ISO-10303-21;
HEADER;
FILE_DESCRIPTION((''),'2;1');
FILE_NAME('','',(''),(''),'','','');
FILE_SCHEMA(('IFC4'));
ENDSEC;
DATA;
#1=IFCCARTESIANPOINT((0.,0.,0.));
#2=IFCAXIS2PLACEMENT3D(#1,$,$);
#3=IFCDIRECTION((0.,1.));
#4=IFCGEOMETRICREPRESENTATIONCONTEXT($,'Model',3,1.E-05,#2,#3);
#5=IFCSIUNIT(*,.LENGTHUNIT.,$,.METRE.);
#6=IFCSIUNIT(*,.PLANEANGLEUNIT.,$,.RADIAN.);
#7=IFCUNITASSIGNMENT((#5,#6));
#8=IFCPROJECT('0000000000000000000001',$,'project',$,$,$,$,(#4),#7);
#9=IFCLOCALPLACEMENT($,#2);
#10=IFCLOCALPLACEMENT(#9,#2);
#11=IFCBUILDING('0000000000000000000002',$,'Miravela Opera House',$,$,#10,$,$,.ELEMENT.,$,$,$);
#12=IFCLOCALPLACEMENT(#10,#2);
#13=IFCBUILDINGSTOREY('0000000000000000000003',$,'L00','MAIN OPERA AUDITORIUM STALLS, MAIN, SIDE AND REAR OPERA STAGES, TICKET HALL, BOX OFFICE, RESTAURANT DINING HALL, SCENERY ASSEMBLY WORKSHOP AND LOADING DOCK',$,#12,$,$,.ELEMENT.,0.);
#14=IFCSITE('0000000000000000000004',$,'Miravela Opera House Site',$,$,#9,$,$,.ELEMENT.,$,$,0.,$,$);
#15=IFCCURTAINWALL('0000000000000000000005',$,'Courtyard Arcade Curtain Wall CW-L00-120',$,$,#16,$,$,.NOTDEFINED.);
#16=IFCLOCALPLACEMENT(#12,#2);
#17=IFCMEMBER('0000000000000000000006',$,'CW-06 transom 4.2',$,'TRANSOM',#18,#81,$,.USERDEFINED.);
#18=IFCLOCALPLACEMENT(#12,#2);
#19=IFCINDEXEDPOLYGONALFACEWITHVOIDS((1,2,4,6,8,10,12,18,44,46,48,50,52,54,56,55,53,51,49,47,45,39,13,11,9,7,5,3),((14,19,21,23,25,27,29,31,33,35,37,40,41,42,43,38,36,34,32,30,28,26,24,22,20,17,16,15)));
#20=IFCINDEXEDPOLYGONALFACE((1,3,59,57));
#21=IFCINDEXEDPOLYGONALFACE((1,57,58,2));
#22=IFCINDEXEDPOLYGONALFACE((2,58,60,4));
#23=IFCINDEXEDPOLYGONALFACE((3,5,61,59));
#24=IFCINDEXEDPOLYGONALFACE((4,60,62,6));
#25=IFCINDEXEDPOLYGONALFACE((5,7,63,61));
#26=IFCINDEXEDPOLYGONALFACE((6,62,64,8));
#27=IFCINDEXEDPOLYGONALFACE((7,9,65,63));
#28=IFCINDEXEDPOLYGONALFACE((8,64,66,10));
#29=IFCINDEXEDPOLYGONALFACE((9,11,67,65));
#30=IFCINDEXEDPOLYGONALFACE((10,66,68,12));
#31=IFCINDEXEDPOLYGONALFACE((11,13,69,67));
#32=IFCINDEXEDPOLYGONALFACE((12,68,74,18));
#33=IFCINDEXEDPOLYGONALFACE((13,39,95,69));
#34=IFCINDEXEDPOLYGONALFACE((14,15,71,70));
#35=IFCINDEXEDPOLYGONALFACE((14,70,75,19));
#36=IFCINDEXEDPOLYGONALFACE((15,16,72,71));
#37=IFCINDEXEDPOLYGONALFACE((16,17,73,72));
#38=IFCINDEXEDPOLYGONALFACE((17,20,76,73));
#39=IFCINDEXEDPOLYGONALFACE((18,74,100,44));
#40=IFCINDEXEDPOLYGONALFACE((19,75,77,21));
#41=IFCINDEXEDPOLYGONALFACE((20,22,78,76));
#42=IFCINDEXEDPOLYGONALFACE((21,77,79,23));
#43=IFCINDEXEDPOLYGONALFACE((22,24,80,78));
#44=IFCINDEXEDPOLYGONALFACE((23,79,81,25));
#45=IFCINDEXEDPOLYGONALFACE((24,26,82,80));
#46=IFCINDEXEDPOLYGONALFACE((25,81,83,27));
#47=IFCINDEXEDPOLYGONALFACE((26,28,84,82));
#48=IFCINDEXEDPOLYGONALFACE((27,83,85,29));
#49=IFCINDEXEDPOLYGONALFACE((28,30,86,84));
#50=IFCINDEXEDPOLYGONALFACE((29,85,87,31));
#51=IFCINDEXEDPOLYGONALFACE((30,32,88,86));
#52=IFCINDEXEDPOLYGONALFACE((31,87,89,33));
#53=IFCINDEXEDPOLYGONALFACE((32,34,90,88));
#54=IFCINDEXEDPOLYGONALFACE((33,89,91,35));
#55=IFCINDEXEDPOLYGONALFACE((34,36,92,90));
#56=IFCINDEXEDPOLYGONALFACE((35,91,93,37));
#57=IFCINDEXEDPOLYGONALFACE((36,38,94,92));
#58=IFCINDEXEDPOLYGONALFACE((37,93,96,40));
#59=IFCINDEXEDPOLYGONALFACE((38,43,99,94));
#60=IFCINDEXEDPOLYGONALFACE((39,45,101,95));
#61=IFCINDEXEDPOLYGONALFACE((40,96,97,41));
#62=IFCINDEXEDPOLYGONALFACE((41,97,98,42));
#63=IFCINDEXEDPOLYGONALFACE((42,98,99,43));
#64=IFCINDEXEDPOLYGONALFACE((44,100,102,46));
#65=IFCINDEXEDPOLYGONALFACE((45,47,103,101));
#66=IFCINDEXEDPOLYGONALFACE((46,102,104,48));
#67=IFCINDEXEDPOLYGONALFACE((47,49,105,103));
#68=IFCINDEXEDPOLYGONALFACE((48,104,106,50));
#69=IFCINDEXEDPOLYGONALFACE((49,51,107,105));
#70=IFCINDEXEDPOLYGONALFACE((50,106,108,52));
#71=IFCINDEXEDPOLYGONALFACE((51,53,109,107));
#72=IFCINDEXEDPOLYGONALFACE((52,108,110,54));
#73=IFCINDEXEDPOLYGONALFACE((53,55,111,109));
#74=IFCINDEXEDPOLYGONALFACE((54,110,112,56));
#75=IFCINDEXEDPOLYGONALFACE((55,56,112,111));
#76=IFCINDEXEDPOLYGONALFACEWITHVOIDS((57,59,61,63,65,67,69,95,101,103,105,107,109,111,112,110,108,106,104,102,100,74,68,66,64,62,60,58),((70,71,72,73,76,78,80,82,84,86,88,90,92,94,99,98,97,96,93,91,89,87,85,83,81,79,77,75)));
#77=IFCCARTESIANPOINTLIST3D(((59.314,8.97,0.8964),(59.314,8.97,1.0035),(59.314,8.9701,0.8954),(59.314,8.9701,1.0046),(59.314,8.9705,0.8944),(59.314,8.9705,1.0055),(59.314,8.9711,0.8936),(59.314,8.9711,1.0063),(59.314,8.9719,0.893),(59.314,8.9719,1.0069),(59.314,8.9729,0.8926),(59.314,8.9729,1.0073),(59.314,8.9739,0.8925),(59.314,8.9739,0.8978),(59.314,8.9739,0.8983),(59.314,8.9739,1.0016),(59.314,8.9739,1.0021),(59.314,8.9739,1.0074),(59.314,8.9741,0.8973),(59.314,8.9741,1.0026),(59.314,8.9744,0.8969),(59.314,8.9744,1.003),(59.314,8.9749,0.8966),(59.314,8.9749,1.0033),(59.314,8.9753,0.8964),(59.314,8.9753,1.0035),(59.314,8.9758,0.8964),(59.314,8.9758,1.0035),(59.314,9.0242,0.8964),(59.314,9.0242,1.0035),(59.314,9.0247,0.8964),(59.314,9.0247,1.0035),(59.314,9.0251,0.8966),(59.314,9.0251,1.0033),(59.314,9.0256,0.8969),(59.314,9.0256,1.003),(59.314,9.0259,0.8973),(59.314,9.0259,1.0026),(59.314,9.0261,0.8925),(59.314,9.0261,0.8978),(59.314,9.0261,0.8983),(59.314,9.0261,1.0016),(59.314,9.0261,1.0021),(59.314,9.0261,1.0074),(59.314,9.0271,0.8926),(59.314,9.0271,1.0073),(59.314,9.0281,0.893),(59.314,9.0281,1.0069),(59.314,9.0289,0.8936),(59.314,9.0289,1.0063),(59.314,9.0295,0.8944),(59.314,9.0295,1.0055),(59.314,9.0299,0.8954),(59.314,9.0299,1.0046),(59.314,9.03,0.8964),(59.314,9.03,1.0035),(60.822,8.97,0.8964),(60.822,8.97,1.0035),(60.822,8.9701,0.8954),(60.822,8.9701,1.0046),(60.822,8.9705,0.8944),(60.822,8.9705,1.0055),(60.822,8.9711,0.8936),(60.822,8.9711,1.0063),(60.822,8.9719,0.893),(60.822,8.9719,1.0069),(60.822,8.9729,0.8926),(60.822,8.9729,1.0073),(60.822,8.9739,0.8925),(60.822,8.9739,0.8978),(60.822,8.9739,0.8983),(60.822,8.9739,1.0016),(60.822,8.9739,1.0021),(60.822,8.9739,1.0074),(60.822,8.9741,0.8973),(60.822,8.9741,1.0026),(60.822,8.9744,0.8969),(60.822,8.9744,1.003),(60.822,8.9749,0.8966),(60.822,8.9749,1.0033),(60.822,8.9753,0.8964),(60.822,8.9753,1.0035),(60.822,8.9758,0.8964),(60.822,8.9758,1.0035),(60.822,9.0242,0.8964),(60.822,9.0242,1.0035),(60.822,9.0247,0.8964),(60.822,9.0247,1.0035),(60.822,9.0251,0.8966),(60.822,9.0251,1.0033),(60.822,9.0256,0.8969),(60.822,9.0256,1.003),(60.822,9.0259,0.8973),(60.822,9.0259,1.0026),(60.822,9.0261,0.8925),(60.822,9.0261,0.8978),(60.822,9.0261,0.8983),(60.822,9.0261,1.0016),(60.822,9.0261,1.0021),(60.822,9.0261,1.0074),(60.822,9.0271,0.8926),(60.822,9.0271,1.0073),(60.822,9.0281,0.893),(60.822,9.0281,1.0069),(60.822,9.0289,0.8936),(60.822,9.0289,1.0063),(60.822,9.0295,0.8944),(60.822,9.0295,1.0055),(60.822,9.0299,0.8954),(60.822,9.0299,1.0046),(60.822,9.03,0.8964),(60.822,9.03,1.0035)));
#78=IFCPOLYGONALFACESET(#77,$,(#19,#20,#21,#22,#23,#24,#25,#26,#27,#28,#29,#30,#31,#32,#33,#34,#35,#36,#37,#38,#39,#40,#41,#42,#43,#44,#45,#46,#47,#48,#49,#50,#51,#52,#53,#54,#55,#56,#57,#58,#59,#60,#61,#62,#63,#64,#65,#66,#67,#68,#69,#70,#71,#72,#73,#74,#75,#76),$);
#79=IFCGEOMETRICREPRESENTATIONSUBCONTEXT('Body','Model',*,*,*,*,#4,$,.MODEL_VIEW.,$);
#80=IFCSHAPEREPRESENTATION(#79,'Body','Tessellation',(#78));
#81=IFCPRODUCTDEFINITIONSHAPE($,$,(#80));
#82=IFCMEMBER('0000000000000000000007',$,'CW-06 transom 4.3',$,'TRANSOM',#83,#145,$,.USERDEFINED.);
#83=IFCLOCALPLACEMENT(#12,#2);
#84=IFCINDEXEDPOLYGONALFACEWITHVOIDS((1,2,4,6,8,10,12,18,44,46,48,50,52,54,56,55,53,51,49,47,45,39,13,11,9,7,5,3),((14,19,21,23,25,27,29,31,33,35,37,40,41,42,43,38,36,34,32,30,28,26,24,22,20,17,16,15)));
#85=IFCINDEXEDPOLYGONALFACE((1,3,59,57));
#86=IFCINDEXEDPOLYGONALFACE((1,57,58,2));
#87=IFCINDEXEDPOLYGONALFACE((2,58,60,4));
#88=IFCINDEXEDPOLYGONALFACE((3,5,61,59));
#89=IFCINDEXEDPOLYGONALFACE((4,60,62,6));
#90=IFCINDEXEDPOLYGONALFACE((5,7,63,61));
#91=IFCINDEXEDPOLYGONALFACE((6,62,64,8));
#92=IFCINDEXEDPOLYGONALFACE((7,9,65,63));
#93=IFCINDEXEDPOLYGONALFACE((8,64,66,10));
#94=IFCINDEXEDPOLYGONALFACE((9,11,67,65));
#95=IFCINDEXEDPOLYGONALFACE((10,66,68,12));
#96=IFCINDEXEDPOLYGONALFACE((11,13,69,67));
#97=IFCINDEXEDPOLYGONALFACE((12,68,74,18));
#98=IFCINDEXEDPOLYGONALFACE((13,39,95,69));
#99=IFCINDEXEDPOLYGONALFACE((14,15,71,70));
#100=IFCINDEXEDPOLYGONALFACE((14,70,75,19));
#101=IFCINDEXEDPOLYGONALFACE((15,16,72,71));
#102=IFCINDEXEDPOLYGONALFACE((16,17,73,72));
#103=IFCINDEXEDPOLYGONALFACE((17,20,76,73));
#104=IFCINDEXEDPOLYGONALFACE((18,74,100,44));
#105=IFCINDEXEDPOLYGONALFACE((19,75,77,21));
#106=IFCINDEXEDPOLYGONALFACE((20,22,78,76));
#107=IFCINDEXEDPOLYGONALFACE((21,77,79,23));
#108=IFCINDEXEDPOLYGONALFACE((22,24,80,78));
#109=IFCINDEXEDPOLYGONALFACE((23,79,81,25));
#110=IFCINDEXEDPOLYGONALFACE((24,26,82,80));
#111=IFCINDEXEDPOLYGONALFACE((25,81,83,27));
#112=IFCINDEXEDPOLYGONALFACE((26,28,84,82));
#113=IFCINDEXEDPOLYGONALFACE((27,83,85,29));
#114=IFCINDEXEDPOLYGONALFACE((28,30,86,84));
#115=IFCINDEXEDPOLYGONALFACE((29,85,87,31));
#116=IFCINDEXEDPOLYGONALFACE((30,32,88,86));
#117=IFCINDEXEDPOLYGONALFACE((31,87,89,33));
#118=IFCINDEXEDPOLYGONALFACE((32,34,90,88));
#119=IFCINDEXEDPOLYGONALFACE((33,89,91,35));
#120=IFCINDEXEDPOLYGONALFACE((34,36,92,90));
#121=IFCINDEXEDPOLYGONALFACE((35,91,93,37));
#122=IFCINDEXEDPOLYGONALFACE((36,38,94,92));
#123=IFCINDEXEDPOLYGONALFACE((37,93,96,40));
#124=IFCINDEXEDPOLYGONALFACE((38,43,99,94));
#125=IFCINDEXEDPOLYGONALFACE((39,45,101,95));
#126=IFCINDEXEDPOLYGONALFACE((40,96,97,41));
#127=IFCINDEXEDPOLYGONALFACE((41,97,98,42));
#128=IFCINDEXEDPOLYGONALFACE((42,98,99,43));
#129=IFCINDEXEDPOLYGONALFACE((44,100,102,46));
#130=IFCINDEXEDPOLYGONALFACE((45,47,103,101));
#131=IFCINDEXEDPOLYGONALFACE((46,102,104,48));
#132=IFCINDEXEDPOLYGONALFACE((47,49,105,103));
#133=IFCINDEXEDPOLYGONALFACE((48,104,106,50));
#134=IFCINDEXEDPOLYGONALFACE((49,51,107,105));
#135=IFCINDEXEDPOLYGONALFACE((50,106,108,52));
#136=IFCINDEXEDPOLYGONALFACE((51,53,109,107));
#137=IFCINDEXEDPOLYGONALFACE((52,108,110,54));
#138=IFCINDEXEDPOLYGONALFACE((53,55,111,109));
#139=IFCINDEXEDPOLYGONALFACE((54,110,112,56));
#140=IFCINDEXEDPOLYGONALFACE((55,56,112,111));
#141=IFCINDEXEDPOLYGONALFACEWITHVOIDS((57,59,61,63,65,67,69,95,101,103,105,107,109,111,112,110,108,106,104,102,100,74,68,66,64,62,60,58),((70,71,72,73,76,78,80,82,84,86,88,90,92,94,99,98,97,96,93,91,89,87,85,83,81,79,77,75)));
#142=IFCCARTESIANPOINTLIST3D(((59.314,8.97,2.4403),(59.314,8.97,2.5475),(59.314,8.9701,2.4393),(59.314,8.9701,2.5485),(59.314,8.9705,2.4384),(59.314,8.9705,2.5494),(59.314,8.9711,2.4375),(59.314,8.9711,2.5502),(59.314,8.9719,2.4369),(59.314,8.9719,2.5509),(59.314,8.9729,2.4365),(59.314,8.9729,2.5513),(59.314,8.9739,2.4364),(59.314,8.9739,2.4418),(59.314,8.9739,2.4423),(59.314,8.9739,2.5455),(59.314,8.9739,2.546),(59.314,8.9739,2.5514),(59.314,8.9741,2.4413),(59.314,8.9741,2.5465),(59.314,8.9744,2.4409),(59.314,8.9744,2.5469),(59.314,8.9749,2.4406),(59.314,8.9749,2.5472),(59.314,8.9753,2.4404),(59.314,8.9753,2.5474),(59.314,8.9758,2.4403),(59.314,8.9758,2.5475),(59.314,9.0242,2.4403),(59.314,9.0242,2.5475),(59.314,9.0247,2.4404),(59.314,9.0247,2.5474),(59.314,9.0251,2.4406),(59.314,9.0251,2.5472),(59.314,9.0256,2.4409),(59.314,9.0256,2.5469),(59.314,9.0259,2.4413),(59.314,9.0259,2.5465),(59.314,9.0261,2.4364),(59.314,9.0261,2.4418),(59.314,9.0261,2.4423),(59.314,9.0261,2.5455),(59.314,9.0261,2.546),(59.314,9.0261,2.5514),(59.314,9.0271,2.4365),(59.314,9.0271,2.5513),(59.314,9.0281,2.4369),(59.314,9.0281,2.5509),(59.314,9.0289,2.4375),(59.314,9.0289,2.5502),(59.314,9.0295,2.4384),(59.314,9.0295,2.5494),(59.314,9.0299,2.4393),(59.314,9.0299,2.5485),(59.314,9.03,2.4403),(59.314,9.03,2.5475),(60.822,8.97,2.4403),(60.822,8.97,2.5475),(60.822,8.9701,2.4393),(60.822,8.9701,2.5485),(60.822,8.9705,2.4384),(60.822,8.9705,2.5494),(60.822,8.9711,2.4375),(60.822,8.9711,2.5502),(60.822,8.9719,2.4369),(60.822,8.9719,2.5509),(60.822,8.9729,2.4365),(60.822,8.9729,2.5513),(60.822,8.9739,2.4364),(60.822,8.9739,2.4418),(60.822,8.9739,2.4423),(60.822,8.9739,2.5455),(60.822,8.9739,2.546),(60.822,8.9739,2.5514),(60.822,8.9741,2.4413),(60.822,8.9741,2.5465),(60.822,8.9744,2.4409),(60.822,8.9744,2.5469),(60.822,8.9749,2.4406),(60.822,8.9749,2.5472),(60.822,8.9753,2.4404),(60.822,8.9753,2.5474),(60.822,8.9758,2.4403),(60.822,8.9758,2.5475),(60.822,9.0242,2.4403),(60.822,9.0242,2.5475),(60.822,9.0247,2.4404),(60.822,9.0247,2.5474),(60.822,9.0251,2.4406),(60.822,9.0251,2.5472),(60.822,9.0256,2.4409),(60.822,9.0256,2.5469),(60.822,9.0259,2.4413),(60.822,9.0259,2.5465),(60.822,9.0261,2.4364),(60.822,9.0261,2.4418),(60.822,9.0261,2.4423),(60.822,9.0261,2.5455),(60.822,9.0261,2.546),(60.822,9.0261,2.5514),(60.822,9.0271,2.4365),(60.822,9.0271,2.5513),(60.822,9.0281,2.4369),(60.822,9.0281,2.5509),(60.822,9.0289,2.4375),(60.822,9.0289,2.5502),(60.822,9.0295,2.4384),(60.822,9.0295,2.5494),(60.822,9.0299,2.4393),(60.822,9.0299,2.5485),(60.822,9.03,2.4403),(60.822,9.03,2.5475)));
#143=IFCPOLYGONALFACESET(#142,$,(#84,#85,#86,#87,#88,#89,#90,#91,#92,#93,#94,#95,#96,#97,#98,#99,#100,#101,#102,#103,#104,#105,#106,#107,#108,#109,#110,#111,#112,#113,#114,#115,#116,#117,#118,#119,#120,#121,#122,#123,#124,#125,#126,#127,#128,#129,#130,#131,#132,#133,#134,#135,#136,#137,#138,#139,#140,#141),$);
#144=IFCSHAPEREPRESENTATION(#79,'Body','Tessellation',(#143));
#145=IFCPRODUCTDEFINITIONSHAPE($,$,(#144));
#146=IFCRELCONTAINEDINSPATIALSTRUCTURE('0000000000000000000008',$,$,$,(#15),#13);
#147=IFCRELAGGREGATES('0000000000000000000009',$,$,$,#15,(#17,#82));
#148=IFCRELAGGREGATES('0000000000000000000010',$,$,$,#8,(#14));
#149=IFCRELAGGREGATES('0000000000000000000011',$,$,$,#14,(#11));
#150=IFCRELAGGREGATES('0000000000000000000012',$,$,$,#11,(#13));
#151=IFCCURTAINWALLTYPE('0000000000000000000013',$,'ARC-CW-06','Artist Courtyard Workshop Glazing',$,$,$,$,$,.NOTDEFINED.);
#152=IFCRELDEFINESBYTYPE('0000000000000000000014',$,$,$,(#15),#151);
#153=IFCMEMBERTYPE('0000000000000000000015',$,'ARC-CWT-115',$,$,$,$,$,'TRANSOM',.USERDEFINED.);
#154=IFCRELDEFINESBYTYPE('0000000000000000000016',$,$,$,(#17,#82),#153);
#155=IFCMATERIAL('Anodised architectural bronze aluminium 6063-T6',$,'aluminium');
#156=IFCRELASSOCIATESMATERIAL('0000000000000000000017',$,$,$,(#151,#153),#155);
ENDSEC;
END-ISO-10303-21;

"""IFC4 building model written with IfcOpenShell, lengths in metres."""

from ifc_helpers import new_model, si_unit, direction, frame, origin, origin_2d, place, context, subcontext, project, spatial, hollow_rectangle, extrude, material, material_profile, profile_set, type_object, element, aggregate, save


model = new_model("IFC4")

# Units and contexts
model_context = context("Model", 3, precision=1e-05, world=origin(), true_north=direction((0.0, 1.0)))
body_context = subcontext(model_context, "Body", "Model", "MODEL_VIEW")
ifc_project = project(units=[si_unit("LENGTHUNIT", "METRE"), si_unit("PLANEANGLEUNIT", "RADIAN")], contexts=[model_context])

# Site, building, storey
site_placement = place(None, origin())
site = spatial("IfcSite", under=ifc_project, at=site_placement, Name="Miravela Opera House Site", CompositionType="ELEMENT", RefElevation=0.0)
building_placement = place(site_placement, origin())
building = spatial("IfcBuilding", under=site, at=building_placement, Name="Miravela Opera House", CompositionType="ELEMENT")
storey_placement = place(building_placement, origin())
storey = spatial("IfcBuildingStorey", under=building, at=storey_placement, Name="L00", Description="MAIN OPERA AUDITORIUM STALLS, MAIN, SIDE AND REAR OPERA STAGES, TICKET HALL, BOX OFFICE, RESTAURANT DINING HALL, SCENERY ASSEMBLY WORKSHOP AND LOADING DOCK", CompositionType="ELEMENT", Elevation=0.0)

# Curtain wall, members
ifc_material_1 = material(Name="Anodised architectural bronze aluminium 6063-T6", Category="aluminium")
curtain_wall_type = type_object("IfcCurtainWallType", Name="ARC-CW-06", Description="Artist Courtyard Workshop Glazing", PredefinedType="NOTDEFINED", material=ifc_material_1)
curtain_wall_placement = place(storey_placement, origin())
curtain_wall = element("IfcCurtainWall", 1, at=curtain_wall_placement, inside=storey, type_object=curtain_wall_type, Name="Courtyard Arcade Curtain Wall CW-L00-120", PredefinedType="NOTDEFINED")
ifc_material_profile_1 = material_profile(ifc_material_1, hollow_rectangle(XDim=0.0601, YDim=0.115, WallThickness=0.0039, InnerFilletRadius=0.002, OuterFilletRadius=0.0039, at=origin_2d()), Name="CWT-60X115")
ifc_profile_set_1 = profile_set([ifc_material_profile_1])
member_type_1 = type_object("IfcMemberType", Name="ARC-CWT-115", ElementType="TRANSOM", PredefinedType="USERDEFINED", material=ifc_profile_set_1)
member_1_placement = place(storey_placement, frame((59.314, 9.0, 0.95), z_axis=(1.0, 0.0, 0.0), x_axis=(0.0, 1.0, 0.0)))
member_1 = element("IfcMember", 2, at=member_1_placement, type_object=member_type_1, Name="CW-06 transom 4.2", ObjectType="TRANSOM", PredefinedType="USERDEFINED", context=body_context, shape_type="SweptSolid", body=[
    extrude(hollow_rectangle(XDim=0.0601, YDim=0.115, WallThickness=0.0039, InnerFilletRadius=0.002, OuterFilletRadius=0.0039, at=origin_2d()), origin(), (0.0, 0.0, 1.0), 1.5081),
])
member_2_placement = place(storey_placement, frame((59.314, 9.0, 2.4939), z_axis=(1.0, 0.0, 0.0), x_axis=(0.0, 1.0, 0.0)))
member_2 = element("IfcMember", 3, at=member_2_placement, type_object=member_type_1, Name="CW-06 transom 4.3", ObjectType="TRANSOM", PredefinedType="USERDEFINED", context=body_context, shape_type="SweptSolid", body=[
    extrude(hollow_rectangle(XDim=0.0601, YDim=0.115, WallThickness=0.0039, InnerFilletRadius=0.002, OuterFilletRadius=0.0039, at=origin_2d()), origin(), (0.0, 0.0, 1.0), 1.5081),
])

aggregate(curtain_wall, [member_1, member_2])

save(model, "model.ifc")
